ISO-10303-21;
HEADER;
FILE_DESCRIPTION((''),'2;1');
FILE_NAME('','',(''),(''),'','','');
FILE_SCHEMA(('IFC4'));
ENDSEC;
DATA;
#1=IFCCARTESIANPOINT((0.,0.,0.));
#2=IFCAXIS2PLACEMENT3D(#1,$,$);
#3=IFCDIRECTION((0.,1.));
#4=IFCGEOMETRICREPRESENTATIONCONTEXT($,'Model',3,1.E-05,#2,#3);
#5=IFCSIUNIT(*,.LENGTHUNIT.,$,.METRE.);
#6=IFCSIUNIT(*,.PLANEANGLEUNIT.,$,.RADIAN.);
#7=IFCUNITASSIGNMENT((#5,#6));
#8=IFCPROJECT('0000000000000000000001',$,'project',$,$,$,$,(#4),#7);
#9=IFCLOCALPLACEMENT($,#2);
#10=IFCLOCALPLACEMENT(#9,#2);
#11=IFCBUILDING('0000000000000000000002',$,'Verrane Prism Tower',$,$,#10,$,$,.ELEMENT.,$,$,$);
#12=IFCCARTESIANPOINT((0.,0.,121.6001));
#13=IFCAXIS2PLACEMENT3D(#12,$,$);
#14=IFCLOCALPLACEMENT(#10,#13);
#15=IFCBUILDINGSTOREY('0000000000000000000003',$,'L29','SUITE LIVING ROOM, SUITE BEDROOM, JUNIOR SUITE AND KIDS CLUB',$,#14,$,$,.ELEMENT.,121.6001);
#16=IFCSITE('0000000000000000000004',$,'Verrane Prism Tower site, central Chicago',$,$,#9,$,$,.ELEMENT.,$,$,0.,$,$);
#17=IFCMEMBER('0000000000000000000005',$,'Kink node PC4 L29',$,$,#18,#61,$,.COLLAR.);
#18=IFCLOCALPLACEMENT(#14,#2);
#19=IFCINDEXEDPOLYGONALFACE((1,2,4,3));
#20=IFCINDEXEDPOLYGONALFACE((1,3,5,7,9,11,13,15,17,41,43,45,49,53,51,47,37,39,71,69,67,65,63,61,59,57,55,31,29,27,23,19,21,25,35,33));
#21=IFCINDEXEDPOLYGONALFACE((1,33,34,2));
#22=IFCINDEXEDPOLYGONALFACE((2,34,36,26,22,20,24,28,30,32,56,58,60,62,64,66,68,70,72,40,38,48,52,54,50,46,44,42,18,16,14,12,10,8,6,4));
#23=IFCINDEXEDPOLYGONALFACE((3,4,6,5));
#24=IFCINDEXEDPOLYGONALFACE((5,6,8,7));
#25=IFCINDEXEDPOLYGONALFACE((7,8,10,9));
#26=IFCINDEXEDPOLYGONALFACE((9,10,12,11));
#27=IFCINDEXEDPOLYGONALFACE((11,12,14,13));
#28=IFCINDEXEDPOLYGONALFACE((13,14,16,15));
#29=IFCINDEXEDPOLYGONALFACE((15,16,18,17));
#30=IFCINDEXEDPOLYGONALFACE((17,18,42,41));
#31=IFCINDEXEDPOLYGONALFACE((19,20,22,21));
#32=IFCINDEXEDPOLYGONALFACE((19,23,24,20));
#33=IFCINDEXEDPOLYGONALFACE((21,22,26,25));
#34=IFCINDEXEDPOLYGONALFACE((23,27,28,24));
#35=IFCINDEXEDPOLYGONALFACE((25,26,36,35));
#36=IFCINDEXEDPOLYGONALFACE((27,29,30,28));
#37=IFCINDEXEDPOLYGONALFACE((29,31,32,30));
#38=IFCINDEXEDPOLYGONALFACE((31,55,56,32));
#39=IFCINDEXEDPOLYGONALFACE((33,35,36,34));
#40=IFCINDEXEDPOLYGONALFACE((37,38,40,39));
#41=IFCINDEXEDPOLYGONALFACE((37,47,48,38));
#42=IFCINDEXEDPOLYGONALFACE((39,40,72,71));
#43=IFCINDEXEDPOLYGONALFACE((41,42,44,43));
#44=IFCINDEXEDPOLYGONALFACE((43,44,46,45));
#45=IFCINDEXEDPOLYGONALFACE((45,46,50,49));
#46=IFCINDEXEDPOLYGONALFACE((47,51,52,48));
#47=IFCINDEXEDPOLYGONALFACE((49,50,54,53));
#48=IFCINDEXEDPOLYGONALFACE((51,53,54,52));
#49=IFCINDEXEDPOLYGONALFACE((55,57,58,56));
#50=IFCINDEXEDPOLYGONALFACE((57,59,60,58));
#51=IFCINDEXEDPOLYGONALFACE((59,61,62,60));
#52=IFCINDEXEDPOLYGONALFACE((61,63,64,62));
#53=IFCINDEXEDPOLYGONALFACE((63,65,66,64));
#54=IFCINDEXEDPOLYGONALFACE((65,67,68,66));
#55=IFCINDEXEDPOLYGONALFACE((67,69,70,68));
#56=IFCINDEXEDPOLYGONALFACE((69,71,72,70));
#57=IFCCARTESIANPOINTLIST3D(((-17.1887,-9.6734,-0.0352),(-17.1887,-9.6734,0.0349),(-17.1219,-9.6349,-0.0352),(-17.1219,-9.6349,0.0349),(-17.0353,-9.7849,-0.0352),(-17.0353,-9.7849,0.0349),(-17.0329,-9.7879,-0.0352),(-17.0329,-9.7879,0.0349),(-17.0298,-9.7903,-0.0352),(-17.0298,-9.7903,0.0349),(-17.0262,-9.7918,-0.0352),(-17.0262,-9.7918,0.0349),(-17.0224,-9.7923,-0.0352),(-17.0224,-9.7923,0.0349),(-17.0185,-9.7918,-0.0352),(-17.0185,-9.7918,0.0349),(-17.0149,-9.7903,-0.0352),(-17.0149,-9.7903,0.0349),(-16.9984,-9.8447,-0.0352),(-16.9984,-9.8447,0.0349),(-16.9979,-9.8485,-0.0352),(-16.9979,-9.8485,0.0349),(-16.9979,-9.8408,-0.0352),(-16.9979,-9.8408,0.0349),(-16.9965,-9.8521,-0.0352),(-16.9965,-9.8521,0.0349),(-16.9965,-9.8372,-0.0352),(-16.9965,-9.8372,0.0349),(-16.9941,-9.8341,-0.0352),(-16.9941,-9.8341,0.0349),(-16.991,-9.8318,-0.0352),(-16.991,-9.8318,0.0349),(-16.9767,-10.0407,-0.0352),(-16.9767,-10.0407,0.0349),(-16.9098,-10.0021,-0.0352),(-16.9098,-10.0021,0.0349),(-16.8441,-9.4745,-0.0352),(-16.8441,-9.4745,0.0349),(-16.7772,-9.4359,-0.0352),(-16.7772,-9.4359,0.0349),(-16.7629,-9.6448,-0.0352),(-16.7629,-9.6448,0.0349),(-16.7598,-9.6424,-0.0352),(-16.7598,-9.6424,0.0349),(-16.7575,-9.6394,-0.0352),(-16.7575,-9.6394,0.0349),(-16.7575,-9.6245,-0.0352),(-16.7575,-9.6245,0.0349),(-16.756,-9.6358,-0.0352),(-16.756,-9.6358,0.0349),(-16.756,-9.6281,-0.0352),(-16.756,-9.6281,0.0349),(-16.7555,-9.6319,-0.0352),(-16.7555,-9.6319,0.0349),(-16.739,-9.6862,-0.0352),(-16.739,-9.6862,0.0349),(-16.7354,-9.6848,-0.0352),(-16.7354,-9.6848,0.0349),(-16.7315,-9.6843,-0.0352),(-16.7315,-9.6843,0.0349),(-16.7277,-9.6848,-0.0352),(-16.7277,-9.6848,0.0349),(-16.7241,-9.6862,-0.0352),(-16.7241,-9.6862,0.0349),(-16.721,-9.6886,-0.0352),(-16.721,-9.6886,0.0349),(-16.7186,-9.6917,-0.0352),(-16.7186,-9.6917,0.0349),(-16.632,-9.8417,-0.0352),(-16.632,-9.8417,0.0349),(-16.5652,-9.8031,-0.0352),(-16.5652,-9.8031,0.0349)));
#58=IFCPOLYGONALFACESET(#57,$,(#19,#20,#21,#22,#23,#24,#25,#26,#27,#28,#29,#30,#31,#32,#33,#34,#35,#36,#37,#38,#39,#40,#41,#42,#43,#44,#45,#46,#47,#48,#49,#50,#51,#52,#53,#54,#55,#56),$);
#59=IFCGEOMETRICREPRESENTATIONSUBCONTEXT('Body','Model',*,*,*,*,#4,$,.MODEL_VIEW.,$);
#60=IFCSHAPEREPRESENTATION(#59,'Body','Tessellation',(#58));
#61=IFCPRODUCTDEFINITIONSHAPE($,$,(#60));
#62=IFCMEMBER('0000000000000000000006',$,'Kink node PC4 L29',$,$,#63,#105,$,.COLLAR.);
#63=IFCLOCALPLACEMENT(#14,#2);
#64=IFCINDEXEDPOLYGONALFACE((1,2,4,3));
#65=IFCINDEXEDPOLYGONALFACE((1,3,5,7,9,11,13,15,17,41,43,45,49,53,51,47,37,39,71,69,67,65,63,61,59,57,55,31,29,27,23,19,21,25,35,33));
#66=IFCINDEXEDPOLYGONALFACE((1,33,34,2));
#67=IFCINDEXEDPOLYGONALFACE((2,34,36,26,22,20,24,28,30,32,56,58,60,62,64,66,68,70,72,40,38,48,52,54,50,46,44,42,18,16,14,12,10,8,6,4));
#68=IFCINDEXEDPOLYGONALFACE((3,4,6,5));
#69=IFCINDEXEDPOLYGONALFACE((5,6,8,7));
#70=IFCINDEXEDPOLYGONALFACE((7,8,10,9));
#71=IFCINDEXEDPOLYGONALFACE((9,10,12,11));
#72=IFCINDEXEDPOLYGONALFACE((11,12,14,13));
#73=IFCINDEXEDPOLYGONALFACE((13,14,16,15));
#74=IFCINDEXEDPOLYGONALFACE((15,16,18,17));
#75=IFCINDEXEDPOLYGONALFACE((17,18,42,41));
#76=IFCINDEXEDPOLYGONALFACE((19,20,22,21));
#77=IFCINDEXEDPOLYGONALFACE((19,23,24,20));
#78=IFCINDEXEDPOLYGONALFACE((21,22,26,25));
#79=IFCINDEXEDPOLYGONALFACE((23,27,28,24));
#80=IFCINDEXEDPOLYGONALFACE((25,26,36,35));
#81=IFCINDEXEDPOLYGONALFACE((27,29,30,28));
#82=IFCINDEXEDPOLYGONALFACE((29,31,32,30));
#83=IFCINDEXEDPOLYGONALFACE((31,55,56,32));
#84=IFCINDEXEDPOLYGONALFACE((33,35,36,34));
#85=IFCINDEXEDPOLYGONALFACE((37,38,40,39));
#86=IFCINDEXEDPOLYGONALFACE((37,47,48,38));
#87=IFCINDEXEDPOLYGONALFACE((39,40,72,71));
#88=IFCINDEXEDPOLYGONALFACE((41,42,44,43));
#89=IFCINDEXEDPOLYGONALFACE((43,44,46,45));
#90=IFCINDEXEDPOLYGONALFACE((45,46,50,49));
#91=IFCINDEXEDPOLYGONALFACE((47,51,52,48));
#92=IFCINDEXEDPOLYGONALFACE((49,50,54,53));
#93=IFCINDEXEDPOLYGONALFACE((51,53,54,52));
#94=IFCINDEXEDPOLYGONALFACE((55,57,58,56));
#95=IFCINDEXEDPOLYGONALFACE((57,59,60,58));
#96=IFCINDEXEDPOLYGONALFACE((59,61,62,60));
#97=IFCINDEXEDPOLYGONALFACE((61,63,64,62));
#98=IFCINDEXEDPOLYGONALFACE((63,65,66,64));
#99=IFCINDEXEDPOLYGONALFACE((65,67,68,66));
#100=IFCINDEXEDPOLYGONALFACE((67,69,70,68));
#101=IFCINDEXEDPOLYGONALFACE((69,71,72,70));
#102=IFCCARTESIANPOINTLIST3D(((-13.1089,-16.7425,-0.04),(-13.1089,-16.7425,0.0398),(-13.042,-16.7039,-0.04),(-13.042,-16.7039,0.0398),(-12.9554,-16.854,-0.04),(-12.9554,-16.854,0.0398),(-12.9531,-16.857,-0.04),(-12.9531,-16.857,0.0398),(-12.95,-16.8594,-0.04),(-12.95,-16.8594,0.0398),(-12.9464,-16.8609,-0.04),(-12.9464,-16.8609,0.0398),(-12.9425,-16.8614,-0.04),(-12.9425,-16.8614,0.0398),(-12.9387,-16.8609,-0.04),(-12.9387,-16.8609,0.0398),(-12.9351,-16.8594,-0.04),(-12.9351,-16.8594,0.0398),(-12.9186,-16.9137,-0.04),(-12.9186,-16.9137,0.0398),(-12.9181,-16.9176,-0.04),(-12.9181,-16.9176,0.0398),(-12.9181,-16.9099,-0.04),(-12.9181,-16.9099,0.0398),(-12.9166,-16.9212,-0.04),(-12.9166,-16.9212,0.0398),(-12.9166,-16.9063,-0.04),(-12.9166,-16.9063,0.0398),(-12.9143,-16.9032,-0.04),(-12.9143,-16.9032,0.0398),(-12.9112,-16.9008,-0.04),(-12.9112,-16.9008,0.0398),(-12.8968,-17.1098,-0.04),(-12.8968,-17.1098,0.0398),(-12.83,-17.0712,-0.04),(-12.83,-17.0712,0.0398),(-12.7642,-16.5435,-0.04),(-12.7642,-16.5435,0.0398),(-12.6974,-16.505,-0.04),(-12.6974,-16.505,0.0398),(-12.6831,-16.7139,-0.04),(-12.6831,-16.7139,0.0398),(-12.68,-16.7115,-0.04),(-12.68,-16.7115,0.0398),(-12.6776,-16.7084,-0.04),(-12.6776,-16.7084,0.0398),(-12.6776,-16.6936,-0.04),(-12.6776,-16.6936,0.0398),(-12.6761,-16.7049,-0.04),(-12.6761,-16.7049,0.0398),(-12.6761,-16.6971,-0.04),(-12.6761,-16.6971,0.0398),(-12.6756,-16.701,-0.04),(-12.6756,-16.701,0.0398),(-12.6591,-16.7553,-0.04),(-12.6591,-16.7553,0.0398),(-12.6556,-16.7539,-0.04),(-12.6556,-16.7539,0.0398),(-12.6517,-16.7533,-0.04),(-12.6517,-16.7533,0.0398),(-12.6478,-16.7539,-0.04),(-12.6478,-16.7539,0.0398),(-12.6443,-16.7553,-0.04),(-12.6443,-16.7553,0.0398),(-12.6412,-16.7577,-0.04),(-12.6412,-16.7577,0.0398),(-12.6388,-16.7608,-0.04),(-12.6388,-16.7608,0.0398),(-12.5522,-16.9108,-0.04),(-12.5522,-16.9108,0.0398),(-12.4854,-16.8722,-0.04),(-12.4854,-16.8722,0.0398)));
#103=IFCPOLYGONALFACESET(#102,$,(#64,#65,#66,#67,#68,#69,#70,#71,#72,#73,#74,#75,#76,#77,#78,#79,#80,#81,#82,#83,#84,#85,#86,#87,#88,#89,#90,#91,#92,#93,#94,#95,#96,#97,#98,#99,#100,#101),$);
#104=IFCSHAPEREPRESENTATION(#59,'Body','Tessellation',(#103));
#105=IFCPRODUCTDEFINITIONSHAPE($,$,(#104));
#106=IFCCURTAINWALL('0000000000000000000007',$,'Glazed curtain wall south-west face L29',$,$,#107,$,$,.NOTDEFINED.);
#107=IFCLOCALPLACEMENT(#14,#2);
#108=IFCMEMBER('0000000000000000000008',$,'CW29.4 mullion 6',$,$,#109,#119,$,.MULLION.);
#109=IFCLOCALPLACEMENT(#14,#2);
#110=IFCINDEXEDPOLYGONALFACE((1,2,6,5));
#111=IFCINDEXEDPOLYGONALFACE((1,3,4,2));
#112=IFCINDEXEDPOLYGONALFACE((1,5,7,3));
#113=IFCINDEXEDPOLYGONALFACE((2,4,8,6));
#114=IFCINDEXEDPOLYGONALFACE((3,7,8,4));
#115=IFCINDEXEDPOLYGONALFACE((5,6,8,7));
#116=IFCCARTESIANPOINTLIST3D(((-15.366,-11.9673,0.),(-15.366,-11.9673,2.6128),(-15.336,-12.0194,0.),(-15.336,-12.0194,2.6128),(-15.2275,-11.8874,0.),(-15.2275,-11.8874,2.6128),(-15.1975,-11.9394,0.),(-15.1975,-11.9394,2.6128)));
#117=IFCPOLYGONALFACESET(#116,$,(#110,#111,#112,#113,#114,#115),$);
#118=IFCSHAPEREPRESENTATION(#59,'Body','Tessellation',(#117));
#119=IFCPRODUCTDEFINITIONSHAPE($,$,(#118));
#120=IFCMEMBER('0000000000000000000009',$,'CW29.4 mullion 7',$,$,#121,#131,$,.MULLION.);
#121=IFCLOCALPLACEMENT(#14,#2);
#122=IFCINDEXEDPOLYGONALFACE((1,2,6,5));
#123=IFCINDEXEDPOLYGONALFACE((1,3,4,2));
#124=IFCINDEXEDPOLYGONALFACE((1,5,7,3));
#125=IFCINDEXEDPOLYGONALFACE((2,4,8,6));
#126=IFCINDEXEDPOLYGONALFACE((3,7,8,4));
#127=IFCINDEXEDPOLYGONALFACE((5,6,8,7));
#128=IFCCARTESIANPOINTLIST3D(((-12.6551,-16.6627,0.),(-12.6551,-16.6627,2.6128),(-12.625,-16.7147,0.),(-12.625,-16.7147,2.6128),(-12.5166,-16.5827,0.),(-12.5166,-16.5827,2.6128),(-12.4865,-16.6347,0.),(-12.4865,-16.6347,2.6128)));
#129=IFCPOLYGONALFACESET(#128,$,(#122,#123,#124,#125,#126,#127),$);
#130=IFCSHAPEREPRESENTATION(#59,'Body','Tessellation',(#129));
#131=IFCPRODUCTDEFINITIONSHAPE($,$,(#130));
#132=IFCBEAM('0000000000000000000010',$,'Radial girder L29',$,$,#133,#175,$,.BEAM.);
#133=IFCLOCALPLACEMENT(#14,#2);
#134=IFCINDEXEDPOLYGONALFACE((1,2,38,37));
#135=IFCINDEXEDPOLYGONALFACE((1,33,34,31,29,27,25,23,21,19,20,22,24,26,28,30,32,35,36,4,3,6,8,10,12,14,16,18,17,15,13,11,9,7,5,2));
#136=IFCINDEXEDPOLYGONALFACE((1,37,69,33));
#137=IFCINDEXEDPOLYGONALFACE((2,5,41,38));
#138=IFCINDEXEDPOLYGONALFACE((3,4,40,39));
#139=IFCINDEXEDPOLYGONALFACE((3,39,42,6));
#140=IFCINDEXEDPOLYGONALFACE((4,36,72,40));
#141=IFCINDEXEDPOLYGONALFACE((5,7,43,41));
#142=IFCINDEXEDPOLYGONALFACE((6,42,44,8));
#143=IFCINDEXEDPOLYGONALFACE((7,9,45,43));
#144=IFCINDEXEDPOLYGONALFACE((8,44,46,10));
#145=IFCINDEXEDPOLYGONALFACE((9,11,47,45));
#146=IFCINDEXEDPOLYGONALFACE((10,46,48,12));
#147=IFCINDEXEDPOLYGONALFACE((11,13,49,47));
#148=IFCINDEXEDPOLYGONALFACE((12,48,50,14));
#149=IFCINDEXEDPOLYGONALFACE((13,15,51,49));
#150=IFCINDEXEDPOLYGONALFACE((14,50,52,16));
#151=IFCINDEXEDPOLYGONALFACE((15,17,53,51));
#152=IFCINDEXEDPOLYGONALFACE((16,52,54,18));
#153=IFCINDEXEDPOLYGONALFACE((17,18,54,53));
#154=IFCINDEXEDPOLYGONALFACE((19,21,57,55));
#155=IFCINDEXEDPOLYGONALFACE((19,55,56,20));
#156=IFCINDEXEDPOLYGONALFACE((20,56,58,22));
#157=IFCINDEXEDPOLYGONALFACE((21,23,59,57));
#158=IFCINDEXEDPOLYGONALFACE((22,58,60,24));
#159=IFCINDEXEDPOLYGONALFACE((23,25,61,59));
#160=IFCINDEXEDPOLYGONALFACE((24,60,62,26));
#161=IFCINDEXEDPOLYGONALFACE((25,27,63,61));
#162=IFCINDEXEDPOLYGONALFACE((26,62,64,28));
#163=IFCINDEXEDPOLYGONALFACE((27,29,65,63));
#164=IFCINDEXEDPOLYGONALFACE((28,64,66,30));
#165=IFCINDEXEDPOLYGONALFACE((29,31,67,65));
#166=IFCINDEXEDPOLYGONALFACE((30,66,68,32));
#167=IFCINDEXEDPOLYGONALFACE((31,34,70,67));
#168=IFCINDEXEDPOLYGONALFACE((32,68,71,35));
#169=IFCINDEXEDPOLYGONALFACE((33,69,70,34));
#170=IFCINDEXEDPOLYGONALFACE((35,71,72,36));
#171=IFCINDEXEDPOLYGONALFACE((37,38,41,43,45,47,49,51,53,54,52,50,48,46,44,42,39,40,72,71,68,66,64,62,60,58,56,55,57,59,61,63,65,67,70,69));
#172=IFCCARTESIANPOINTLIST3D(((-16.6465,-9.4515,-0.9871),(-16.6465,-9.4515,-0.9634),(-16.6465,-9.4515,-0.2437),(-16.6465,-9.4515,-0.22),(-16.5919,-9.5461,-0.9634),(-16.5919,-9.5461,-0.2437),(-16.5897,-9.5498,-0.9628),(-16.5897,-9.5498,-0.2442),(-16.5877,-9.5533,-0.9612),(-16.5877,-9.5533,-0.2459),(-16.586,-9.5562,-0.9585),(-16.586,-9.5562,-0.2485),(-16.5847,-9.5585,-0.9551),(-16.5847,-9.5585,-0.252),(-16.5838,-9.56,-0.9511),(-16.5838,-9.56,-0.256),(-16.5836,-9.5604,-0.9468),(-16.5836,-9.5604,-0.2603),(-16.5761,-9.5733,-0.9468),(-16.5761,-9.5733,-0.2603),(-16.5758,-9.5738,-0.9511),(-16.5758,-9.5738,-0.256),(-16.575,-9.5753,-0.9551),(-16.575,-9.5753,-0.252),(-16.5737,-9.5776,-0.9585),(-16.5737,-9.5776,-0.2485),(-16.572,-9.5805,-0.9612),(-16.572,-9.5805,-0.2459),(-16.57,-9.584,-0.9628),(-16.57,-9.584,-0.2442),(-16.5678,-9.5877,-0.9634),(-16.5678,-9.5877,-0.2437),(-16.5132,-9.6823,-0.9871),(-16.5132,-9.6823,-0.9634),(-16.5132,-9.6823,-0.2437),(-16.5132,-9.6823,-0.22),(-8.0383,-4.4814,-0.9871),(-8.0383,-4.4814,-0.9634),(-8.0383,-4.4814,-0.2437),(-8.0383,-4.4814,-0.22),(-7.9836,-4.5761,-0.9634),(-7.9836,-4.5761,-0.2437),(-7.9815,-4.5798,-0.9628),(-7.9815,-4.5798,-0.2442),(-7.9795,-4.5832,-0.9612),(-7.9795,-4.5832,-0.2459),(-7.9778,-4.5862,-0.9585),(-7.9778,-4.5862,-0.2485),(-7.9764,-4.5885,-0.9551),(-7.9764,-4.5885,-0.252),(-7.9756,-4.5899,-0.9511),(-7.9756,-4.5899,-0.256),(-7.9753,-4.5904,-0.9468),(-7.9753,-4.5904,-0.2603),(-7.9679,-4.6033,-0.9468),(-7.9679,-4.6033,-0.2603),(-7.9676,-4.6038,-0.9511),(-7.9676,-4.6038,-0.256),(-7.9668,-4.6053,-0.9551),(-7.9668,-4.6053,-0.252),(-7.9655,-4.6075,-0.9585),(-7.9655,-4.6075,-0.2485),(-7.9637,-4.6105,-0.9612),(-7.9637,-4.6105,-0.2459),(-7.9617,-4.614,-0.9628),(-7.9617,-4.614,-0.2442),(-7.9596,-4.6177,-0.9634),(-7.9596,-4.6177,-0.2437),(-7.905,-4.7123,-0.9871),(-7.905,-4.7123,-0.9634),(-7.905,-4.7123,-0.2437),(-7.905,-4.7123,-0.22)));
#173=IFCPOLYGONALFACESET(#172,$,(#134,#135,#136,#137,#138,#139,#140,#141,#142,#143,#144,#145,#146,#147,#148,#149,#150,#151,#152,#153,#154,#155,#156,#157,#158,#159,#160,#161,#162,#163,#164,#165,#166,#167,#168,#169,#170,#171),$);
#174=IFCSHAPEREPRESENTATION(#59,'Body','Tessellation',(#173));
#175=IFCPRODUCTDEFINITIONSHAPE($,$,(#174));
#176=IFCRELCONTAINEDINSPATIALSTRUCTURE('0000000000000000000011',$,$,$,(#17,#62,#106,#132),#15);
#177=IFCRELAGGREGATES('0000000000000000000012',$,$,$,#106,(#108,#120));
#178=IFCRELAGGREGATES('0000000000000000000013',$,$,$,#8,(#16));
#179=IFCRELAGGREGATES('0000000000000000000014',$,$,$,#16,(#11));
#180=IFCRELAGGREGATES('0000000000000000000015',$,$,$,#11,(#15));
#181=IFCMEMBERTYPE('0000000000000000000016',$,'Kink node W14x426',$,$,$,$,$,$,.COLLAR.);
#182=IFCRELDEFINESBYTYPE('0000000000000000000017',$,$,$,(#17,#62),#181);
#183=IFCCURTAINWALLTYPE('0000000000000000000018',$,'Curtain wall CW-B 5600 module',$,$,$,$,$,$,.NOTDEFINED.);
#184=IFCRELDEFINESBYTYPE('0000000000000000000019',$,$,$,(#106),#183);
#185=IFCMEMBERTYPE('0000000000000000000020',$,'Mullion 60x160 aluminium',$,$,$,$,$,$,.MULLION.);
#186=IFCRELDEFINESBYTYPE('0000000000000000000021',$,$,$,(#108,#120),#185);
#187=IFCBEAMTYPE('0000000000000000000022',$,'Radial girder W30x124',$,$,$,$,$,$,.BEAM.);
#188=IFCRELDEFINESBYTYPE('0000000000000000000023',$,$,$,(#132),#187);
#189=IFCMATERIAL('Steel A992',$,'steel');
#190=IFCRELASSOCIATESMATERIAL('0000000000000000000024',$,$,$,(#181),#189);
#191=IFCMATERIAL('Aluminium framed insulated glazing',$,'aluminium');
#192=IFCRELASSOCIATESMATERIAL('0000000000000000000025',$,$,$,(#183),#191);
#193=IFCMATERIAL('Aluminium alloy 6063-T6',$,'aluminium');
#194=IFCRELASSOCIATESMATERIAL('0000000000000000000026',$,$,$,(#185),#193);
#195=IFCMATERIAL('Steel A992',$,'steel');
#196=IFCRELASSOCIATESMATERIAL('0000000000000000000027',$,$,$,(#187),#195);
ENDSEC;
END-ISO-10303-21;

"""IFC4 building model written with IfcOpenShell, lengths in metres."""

from ifc_helpers import new_model, si_unit, direction, frame, origin, origin_2d, place, context, subcontext, project, spatial, rectangle, i_section, extrude, material, material_profile, profile_set, type_object, element, aggregate, save


model = new_model("IFC4")

# Units and contexts
model_context = context("Model", 3, precision=1e-05, world=origin(), true_north=direction((0.0, 1.0)))
body_context = subcontext(model_context, "Body", "Model", "MODEL_VIEW")
ifc_project = project(units=[si_unit("LENGTHUNIT", "METRE"), si_unit("PLANEANGLEUNIT", "RADIAN")], contexts=[model_context])

# Site, building, storey
site_placement = place(None, origin())
site = spatial("IfcSite", under=ifc_project, at=site_placement, Name="Verrane Prism Tower site, central Chicago", CompositionType="ELEMENT", RefElevation=0.0)
building_placement = place(site_placement, origin())
building = spatial("IfcBuilding", under=site, at=building_placement, Name="Verrane Prism Tower", CompositionType="ELEMENT")
storey_placement = place(building_placement, frame((0.0, 0.0, 121.6001)))
storey = spatial("IfcBuildingStorey", under=building, at=storey_placement, Name="L29", Description="SUITE LIVING ROOM, SUITE BEDROOM, JUNIOR SUITE AND KIDS CLUB", CompositionType="ELEMENT", Elevation=121.6001)

# Members
ifc_material_1 = material(Name="Steel A992", Category="steel")
ifc_material_profile_1 = material_profile(ifc_material_1, i_section(OverallWidth=0.4241, OverallDepth=0.4751, WebThickness=0.0479, FlangeThickness=0.0771, FilletRadius=0.0149, at=origin_2d()), Name="W14x426")
ifc_profile_set_1 = profile_set([ifc_material_profile_1], Name="Steel A992")
member_type_1 = type_object("IfcMemberType", Name="Kink node W14x426", PredefinedType="COLLAR", material=ifc_profile_set_1)
member_1_placement = place(storey_placement, frame((-16.877, -9.7383, -0.0352), z_axis=(0.0, 0.0, 1.0), x_axis=(-0.5, 0.866025, 0.0)))
element("IfcMember", 1, at=member_1_placement, inside=storey, type_object=member_type_1, Name="Kink node PC4 L29", PredefinedType="COLLAR", context=body_context, shape_type="SweptSolid", body=[
    extrude(i_section(OverallWidth=0.4241, OverallDepth=0.4751, WebThickness=0.0479, FlangeThickness=0.0771, FilletRadius=0.0149, at=origin_2d()), origin(), (0.0, 0.0, 1.0), 0.0701),
])
member_2_placement = place(storey_placement, frame((-12.7971, -16.8074, -0.04), z_axis=(0.0, 0.0, 1.0), x_axis=(-0.5, 0.866025, 0.0)))
element("IfcMember", 2, at=member_2_placement, inside=storey, type_object=member_type_1, Name="Kink node PC4 L29", PredefinedType="COLLAR", context=body_context, shape_type="SweptSolid", body=[
    extrude(i_section(OverallWidth=0.4241, OverallDepth=0.4751, WebThickness=0.0479, FlangeThickness=0.0771, FilletRadius=0.0149, at=origin_2d()), origin(), (0.0, 0.0, 1.0), 0.0798),
])

# Curtain wall, members
ifc_material_2 = material(Name="Aluminium framed insulated glazing", Category="aluminium")
curtain_wall_type = type_object("IfcCurtainWallType", Name="Curtain wall CW-B 5600 module", PredefinedType="NOTDEFINED", material=ifc_material_2)
curtain_wall_placement = place(storey_placement, origin())
curtain_wall = element("IfcCurtainWall", 3, at=curtain_wall_placement, inside=storey, type_object=curtain_wall_type, Name="Glazed curtain wall south-west face L29", PredefinedType="NOTDEFINED")
ifc_material_3 = material(Name="Aluminium alloy 6063-T6", Category="aluminium")
ifc_material_profile_2 = material_profile(ifc_material_3, rectangle(XDim=0.1599, YDim=0.0601, at=origin_2d()), Name="Mullion 60x160 aluminium")
ifc_profile_set_2 = profile_set([ifc_material_profile_2], Name="Aluminium alloy 6063-T6")
member_type_2 = type_object("IfcMemberType", Name="Mullion 60x160 aluminium", PredefinedType="MULLION", material=ifc_profile_set_2)
member_3_placement = place(storey_placement, frame((-15.2817, -11.9534, 0.0), z_axis=(0.0, 0.0, 1.0), x_axis=(0.866025, 0.5, 0.0)))
member_3 = element("IfcMember", 4, at=member_3_placement, type_object=member_type_2, Name="CW29.4 mullion 6", PredefinedType="MULLION", context=body_context, shape_type="SweptSolid", body=[
    extrude(rectangle(XDim=0.1599, YDim=0.0601, at=origin_2d()), origin(), (0.0, 0.0, 1.0), 2.6128),
])
member_4_placement = place(storey_placement, frame((-12.5708, -16.6487, 0.0), z_axis=(0.0, 0.0, 1.0), x_axis=(0.866025, 0.5, 0.0)))
member_4 = element("IfcMember", 5, at=member_4_placement, type_object=member_type_2, Name="CW29.4 mullion 7", PredefinedType="MULLION", context=body_context, shape_type="SweptSolid", body=[
    extrude(rectangle(XDim=0.1599, YDim=0.0601, at=origin_2d()), origin(), (0.0, 0.0, 1.0), 2.6128),
])

# Beam
ifc_material_4 = material(Name="Steel A992", Category="steel")
ifc_material_profile_3 = material_profile(ifc_material_4, i_section(OverallWidth=0.2666, OverallDepth=0.7671, WebThickness=0.0149, FlangeThickness=0.0237, FilletRadius=0.0166, at=origin_2d()), Name="W30x124")
ifc_profile_set_3 = profile_set([ifc_material_profile_3], Name="Steel A992")
beam_type_1 = type_object("IfcBeamType", Name="Radial girder W30x124", PredefinedType="BEAM", material=ifc_profile_set_3)
beam_1_placement = place(storey_placement, frame((-16.5798, -9.5669, -0.6035), z_axis=(0.866023, 0.500004, 0.0), x_axis=(-0.500004, 0.866023, 0.0)))
element("IfcBeam", 6, at=beam_1_placement, inside=storey, type_object=beam_type_1, Name="Radial girder L29", PredefinedType="BEAM", context=body_context, shape_type="SweptSolid", body=[
    extrude(i_section(OverallWidth=0.2666, OverallDepth=0.7671, WebThickness=0.0149, FlangeThickness=0.0237, FilletRadius=0.0166, at=origin_2d()), origin(), (0.0, 0.0, 1.0), 9.9399),
])

aggregate(curtain_wall, [member_3, member_4])

save(model, "model.ifc")
